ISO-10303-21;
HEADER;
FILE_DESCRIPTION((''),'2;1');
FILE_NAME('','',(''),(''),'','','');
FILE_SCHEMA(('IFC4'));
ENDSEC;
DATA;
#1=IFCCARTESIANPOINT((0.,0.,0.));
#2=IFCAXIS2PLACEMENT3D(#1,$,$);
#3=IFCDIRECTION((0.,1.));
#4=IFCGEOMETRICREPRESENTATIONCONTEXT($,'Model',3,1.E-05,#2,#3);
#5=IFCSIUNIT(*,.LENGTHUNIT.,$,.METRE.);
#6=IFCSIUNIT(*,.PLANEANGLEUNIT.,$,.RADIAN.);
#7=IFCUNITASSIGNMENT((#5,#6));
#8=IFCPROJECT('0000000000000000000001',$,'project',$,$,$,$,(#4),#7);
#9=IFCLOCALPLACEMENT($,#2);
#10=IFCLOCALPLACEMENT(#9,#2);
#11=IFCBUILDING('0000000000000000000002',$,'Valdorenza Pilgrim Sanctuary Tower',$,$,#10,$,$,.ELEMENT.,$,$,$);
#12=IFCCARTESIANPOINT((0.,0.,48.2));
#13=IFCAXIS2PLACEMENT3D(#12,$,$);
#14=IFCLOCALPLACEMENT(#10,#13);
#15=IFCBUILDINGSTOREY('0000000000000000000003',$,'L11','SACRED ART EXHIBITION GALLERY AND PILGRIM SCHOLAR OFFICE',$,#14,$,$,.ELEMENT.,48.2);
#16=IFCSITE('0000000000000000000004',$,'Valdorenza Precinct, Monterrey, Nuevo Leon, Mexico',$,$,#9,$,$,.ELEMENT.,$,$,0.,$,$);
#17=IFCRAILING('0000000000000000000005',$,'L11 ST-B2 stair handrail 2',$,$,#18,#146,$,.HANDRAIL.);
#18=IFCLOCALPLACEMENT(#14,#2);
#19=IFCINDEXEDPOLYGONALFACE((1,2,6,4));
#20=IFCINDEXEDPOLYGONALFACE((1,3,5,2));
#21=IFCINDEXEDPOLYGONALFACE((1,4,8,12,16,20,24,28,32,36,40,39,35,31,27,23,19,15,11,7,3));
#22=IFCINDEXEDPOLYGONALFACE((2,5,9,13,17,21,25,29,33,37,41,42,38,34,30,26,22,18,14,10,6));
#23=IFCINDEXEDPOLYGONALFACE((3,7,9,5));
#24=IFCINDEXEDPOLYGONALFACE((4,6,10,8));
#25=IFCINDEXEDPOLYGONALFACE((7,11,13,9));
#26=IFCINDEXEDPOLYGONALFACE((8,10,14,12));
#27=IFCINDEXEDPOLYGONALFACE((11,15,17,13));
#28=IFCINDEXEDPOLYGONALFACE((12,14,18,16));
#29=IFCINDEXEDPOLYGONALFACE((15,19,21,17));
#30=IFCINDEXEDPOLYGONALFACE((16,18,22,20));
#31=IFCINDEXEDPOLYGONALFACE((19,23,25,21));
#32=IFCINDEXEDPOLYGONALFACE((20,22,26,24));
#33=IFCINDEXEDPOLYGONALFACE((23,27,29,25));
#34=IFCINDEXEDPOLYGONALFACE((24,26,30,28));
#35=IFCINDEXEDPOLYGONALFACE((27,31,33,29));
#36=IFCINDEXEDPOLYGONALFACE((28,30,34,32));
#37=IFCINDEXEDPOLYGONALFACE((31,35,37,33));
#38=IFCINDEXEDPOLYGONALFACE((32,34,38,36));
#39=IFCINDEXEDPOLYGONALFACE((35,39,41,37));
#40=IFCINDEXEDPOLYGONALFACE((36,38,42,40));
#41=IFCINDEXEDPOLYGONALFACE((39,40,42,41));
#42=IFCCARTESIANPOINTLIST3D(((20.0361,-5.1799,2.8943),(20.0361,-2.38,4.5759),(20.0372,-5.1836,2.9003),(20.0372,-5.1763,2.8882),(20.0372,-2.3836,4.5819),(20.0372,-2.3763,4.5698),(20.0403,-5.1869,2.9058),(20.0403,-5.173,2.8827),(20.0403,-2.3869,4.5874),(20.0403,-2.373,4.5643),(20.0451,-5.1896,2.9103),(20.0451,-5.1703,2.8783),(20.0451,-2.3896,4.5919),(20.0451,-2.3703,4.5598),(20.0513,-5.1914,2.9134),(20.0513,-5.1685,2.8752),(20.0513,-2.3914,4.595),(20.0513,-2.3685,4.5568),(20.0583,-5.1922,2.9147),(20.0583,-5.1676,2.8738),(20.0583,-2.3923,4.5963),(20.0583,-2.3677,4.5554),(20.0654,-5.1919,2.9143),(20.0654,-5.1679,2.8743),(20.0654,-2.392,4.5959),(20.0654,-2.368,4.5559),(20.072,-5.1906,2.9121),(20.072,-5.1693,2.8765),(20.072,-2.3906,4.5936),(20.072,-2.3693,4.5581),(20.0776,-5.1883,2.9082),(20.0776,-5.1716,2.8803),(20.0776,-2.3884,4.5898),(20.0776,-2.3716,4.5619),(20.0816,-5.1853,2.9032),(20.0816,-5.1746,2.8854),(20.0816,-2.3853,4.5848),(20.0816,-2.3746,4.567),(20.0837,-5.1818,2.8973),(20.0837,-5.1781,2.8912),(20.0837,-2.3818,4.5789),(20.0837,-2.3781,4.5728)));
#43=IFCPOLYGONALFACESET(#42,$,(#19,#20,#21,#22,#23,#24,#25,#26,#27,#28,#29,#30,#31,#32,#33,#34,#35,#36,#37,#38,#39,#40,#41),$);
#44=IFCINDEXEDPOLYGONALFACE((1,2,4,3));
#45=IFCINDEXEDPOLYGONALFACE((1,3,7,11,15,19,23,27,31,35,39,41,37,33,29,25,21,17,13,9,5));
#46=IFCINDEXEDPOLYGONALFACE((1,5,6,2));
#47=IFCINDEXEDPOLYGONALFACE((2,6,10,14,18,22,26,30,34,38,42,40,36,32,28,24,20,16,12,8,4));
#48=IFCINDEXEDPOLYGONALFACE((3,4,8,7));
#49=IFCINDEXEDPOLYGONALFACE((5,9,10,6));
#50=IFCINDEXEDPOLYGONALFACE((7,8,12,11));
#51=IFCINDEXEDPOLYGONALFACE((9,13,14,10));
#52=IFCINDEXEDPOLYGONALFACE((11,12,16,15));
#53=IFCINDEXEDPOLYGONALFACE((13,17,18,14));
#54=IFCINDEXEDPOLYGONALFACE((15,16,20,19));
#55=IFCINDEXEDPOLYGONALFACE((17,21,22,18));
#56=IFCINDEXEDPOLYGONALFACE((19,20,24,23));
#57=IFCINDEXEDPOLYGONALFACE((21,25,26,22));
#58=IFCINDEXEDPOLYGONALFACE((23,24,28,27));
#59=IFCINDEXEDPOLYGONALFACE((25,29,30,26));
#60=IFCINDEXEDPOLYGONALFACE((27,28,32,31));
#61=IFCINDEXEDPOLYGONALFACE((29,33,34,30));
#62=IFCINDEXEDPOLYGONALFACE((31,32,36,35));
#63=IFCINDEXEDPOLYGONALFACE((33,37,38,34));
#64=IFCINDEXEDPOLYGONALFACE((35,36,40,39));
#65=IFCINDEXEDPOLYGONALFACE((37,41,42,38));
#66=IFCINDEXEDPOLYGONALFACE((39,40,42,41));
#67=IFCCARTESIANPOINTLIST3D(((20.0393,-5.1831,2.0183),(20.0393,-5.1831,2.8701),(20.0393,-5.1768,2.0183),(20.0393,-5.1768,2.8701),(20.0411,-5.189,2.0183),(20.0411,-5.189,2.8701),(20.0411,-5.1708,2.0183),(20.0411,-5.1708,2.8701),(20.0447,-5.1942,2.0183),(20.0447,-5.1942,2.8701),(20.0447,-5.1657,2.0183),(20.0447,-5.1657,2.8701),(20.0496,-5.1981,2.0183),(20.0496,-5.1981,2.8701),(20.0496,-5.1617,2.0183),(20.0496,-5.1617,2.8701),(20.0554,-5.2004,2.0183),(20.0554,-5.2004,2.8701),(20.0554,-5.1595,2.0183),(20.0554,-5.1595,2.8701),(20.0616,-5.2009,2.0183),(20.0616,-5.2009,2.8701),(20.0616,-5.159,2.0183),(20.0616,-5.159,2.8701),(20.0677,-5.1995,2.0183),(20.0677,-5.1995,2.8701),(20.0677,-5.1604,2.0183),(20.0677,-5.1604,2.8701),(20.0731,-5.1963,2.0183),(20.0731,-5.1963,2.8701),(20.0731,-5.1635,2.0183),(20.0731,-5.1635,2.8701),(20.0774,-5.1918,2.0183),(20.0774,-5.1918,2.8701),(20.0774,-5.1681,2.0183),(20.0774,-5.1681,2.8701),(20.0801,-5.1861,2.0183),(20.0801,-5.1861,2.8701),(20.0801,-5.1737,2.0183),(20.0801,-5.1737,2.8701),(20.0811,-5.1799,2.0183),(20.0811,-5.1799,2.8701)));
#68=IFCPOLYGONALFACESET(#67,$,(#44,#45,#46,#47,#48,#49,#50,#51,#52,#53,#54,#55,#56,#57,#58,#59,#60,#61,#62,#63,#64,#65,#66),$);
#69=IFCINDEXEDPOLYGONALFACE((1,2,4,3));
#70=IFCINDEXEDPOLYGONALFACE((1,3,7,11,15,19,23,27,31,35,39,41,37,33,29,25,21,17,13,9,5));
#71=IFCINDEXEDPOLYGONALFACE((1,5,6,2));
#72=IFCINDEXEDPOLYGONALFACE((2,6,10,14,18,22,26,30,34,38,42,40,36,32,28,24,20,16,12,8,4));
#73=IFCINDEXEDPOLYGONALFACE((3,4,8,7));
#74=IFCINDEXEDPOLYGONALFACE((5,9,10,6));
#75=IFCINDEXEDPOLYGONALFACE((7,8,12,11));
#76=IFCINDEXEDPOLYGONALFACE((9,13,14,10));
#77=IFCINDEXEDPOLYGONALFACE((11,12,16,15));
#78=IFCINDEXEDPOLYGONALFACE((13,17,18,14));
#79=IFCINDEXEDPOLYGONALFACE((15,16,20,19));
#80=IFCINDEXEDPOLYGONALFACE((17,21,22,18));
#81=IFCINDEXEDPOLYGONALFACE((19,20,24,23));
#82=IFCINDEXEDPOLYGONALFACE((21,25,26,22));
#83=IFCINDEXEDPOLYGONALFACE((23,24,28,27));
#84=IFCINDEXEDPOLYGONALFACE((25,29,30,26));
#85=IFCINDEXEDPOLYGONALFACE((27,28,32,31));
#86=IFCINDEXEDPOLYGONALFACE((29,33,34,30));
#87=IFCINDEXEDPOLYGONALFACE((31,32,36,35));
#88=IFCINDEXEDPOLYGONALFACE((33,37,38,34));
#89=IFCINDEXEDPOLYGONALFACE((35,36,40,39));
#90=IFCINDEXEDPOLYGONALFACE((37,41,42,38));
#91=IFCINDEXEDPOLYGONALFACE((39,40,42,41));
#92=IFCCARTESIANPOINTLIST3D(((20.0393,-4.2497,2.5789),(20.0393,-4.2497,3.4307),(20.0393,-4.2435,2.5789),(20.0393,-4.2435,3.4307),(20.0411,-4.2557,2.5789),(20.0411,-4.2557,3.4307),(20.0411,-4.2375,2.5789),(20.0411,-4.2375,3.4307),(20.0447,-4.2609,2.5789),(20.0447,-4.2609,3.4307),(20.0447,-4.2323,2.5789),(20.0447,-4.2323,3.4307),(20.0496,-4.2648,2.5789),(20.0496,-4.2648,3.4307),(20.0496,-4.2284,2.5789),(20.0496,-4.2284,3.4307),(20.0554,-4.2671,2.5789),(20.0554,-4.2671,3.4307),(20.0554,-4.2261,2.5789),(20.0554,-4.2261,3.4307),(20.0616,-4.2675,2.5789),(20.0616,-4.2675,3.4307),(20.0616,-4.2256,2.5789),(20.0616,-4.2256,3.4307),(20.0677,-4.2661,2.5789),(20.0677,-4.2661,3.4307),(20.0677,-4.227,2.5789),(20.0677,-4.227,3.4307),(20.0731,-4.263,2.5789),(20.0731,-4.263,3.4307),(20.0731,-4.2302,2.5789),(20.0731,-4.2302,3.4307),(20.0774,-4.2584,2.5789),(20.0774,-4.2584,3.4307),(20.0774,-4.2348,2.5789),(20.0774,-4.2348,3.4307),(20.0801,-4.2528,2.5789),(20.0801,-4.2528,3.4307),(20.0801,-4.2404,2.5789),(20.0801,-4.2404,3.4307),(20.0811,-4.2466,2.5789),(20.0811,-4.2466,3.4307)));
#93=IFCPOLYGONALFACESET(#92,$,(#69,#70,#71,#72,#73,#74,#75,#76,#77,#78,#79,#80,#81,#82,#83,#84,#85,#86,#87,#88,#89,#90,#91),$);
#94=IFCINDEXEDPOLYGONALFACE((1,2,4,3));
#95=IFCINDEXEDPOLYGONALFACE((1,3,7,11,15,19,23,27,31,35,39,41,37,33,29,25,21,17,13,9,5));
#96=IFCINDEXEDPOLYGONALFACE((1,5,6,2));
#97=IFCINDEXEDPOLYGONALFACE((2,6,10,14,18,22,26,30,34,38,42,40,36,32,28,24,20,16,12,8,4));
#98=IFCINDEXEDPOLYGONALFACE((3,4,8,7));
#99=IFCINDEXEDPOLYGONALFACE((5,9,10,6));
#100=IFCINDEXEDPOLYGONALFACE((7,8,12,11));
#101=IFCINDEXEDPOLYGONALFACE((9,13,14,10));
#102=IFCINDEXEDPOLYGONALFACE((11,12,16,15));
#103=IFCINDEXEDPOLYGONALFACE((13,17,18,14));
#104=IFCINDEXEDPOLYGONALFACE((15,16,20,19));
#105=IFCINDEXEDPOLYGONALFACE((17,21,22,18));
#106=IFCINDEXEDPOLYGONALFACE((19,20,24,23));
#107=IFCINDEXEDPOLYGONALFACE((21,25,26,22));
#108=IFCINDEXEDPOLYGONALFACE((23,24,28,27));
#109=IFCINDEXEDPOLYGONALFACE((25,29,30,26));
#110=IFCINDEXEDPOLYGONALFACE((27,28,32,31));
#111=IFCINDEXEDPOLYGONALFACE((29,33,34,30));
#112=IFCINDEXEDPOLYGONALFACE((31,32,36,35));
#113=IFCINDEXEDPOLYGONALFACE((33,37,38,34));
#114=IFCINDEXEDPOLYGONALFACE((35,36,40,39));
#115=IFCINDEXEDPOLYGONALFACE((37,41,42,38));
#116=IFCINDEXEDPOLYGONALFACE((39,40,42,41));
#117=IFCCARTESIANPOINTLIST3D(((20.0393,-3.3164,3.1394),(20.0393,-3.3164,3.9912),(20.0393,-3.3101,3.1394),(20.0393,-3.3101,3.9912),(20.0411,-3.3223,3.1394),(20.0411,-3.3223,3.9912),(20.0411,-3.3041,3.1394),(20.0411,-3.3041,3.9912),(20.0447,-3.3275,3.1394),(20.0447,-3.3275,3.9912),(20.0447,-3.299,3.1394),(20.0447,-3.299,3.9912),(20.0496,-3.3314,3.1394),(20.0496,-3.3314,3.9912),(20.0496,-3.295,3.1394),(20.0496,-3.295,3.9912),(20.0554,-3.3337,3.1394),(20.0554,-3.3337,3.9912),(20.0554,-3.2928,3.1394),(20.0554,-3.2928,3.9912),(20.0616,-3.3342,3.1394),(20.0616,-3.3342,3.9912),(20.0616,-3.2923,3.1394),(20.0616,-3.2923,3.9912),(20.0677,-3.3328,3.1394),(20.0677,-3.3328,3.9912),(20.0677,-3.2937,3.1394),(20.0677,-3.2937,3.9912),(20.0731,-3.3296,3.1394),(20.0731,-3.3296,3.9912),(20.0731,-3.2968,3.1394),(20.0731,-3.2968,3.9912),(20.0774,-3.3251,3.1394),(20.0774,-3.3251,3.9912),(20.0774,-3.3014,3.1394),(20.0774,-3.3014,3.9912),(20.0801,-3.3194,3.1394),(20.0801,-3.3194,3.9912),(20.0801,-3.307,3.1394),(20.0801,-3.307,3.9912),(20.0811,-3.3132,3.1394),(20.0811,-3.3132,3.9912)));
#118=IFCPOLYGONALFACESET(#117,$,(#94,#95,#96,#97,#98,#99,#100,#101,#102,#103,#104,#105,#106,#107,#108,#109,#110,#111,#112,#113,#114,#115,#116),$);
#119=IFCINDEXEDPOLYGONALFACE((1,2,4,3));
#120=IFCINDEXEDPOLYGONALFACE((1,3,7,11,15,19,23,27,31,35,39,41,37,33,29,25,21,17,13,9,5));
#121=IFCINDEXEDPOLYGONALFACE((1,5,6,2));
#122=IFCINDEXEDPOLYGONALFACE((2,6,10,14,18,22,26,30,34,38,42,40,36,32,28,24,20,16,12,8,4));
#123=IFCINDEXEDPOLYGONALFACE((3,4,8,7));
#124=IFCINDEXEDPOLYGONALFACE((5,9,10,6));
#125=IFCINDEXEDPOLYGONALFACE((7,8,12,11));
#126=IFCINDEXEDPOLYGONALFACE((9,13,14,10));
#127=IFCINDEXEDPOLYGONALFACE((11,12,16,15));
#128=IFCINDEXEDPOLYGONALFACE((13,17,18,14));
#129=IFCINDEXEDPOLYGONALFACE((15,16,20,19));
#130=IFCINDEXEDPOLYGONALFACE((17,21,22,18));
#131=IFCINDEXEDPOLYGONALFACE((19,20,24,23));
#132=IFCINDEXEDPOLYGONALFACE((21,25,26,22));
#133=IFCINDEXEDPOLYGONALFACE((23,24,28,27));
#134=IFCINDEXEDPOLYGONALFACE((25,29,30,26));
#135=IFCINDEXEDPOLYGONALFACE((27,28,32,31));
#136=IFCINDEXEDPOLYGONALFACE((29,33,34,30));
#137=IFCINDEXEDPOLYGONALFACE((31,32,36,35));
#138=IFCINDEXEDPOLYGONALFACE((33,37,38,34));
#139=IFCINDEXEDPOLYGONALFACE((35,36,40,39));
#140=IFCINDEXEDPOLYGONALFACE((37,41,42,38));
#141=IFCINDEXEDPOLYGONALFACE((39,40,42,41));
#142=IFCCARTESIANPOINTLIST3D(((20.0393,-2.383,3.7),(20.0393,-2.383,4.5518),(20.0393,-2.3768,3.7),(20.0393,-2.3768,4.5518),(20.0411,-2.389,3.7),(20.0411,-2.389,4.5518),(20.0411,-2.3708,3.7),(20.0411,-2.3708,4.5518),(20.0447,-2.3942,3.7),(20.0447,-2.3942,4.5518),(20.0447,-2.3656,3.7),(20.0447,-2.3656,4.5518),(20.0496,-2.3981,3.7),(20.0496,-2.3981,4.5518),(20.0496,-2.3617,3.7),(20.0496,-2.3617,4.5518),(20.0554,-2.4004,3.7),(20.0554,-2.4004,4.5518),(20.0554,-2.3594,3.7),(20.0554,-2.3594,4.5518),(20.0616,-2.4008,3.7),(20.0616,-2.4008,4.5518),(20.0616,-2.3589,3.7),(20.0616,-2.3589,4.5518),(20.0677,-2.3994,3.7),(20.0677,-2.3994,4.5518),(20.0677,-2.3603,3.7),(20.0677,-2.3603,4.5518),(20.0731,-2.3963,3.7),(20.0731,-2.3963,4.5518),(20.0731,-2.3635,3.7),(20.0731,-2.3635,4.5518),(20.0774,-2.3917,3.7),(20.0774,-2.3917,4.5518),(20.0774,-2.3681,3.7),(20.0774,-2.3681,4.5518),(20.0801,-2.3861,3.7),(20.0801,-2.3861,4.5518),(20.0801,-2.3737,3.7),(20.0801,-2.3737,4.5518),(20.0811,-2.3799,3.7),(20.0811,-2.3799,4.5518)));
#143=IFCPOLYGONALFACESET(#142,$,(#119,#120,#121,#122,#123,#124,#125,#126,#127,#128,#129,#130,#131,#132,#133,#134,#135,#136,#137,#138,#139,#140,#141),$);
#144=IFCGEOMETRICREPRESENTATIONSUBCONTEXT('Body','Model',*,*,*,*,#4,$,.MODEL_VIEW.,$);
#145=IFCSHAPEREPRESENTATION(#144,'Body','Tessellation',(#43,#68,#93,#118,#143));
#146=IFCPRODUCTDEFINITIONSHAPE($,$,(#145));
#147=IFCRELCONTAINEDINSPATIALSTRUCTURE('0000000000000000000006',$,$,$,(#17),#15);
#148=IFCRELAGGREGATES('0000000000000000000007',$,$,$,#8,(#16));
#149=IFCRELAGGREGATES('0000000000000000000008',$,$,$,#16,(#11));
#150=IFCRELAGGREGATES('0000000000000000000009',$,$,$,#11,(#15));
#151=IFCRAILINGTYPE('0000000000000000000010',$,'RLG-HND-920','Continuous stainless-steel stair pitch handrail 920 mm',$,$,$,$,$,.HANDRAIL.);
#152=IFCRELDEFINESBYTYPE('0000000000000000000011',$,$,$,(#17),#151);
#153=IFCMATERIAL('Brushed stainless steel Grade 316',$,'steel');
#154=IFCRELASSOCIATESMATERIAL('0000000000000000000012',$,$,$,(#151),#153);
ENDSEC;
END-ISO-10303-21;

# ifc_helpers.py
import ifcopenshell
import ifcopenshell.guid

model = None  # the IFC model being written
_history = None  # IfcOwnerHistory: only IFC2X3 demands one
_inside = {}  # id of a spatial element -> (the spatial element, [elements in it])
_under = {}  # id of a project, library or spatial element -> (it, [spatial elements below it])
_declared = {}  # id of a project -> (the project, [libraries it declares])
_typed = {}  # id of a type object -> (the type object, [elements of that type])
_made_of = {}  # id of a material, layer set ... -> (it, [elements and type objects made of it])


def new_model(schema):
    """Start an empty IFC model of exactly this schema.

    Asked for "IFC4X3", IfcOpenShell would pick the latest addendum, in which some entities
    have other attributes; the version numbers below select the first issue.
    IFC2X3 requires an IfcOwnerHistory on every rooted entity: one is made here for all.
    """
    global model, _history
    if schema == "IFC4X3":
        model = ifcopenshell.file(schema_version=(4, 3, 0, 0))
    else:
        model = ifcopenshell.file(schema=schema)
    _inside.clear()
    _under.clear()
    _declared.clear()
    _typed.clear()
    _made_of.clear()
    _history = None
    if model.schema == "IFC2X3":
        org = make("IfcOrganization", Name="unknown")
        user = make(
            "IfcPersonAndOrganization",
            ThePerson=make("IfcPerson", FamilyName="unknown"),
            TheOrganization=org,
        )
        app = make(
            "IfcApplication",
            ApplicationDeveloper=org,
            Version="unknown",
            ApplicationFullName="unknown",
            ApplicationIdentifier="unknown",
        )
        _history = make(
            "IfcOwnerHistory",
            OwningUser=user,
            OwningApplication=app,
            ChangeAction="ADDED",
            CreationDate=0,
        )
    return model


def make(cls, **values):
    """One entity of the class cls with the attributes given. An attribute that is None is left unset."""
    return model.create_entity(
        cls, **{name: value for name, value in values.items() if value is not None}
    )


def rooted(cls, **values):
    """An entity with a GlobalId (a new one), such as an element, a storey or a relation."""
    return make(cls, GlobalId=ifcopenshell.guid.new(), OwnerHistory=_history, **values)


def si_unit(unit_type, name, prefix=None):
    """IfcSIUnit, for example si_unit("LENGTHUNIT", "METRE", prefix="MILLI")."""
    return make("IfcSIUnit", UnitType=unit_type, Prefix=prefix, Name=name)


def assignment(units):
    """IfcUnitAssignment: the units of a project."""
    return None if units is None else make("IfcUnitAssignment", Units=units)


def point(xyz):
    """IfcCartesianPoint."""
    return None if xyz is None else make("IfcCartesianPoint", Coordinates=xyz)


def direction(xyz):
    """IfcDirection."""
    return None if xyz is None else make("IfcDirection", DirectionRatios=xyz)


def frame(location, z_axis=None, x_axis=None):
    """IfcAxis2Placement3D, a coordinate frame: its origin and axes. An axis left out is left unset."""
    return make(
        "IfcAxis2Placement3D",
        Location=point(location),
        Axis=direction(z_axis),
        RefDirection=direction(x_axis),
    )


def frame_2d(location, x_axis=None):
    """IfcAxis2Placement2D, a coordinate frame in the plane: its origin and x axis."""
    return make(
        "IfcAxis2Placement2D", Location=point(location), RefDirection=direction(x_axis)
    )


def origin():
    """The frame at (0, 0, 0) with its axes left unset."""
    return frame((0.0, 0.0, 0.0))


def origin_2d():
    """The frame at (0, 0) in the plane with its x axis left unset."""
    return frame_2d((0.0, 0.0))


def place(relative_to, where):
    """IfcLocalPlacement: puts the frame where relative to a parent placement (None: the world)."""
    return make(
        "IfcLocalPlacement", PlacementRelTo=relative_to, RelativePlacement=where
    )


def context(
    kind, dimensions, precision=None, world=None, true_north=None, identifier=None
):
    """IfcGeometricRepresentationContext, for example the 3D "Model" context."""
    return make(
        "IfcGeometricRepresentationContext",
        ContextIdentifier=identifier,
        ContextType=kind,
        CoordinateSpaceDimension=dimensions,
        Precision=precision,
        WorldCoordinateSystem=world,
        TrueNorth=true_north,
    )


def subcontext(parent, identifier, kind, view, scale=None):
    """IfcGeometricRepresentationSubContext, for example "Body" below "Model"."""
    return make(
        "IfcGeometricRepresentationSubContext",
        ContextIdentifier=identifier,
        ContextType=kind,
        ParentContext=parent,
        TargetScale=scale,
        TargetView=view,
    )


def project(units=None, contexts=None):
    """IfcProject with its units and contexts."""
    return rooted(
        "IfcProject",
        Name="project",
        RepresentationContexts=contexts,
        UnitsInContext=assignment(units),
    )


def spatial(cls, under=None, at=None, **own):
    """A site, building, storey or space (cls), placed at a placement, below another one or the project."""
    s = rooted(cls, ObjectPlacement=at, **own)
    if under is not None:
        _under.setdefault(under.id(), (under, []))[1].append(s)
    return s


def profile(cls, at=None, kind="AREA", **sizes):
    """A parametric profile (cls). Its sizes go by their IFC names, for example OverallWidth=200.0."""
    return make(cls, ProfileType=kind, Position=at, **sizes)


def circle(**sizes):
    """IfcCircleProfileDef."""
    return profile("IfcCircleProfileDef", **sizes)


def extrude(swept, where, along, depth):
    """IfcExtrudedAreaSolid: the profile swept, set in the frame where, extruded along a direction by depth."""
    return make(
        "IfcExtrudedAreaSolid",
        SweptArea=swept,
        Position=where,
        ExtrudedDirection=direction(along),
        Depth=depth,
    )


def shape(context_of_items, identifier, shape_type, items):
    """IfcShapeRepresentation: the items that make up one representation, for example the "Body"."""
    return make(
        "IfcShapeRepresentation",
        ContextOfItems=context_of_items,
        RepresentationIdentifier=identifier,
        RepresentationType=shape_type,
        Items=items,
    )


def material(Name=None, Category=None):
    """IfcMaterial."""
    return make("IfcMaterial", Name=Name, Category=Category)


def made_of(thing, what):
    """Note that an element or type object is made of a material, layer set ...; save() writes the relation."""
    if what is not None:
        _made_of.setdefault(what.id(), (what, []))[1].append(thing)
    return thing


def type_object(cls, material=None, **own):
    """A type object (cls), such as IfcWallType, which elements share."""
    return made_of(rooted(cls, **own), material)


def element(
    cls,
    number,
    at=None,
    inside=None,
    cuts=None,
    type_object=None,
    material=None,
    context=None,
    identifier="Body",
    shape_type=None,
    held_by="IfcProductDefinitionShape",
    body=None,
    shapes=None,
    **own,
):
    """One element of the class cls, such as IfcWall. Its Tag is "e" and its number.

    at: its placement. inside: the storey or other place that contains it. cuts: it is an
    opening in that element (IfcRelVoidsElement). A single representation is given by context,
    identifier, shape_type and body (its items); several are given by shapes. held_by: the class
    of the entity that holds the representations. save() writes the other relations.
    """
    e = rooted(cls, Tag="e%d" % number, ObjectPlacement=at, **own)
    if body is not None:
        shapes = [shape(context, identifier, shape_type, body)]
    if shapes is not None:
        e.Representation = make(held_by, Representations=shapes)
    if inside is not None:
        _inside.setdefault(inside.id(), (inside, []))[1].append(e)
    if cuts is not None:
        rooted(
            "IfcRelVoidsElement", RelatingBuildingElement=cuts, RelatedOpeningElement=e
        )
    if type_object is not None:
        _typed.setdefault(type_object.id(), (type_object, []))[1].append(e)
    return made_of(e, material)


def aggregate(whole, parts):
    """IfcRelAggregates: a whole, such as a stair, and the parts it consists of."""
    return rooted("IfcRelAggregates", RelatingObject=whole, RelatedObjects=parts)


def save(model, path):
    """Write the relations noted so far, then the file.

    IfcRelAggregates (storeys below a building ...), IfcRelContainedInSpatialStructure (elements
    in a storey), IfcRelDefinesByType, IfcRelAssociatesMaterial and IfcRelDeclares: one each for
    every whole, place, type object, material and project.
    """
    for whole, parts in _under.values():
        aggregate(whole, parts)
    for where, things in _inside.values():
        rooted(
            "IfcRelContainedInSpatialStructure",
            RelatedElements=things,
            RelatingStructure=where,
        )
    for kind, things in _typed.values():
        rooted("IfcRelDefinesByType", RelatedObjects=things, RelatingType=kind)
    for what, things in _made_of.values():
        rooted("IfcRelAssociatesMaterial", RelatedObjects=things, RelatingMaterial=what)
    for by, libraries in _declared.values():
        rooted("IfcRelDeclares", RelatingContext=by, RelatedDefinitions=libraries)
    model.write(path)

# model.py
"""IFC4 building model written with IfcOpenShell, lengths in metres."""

from ifc_helpers import new_model, si_unit, direction, frame, origin, origin_2d, place, context, subcontext, project, spatial, circle, extrude, material, type_object, element, save


model = new_model("IFC4")

# Units and contexts
model_context = context("Model", 3, precision=1e-05, world=origin(), true_north=direction((0.0, 1.0)))
body_context = subcontext(model_context, "Body", "Model", "MODEL_VIEW")
ifc_project = project(units=[si_unit("LENGTHUNIT", "METRE"), si_unit("PLANEANGLEUNIT", "RADIAN")], contexts=[model_context])

# Site, building, storey
site_placement = place(None, origin())
site = spatial("IfcSite", under=ifc_project, at=site_placement, Name="Valdorenza Precinct, Monterrey, Nuevo Leon, Mexico", CompositionType="ELEMENT", RefElevation=0.0)
building_placement = place(site_placement, origin())
building = spatial("IfcBuilding", under=site, at=building_placement, Name="Valdorenza Pilgrim Sanctuary Tower", CompositionType="ELEMENT")
storey_placement = place(building_placement, frame((0.0, 0.0, 48.2)))
storey = spatial("IfcBuildingStorey", under=building, at=storey_placement, Name="L11", Description="SACRED ART EXHIBITION GALLERY AND PILGRIM SCHOLAR OFFICE", CompositionType="ELEMENT", Elevation=48.2)

# Shared definitions
ifc_material_1 = material(Name="Brushed stainless steel Grade 316", Category="steel")

# Railing
railing_type_1 = type_object("IfcRailingType", Name="RLG-HND-920", Description="Continuous stainless-steel stair pitch handrail 920 mm", PredefinedType="HANDRAIL", material=ifc_material_1)
railing_1_placement = place(storey_placement, frame((20.0601, -5.1799, 2.0183)))
element("IfcRailing", 1, at=railing_1_placement, inside=storey, type_object=railing_type_1, Name="L11 ST-B2 stair handrail 2", PredefinedType="HANDRAIL", context=body_context, shape_type="SweptSolid", body=[
    extrude(circle(Radius=0.0239, at=origin_2d()), frame((0.0, 0.0, 0.876), z_axis=(0.0, 0.857275, 0.514858), x_axis=(-1.0, 0.0, 0.0)), (0.0, 0.0, 1.0), 3.2661),
    extrude(circle(Radius=0.021, at=origin_2d()), origin(), (0.0, 0.0, 1.0), 0.8518),
    extrude(circle(Radius=0.021, at=origin_2d()), frame((0.0, 0.9333, 0.5605)), (0.0, 0.0, 1.0), 0.8518),
    extrude(circle(Radius=0.021, at=origin_2d()), frame((0.0, 1.8667, 1.1211)), (0.0, 0.0, 1.0), 0.8518),
    extrude(circle(Radius=0.021, at=origin_2d()), frame((0.0, 2.8, 1.6816)), (0.0, 0.0, 1.0), 0.8518),
])

save(model, "model.ifc")
